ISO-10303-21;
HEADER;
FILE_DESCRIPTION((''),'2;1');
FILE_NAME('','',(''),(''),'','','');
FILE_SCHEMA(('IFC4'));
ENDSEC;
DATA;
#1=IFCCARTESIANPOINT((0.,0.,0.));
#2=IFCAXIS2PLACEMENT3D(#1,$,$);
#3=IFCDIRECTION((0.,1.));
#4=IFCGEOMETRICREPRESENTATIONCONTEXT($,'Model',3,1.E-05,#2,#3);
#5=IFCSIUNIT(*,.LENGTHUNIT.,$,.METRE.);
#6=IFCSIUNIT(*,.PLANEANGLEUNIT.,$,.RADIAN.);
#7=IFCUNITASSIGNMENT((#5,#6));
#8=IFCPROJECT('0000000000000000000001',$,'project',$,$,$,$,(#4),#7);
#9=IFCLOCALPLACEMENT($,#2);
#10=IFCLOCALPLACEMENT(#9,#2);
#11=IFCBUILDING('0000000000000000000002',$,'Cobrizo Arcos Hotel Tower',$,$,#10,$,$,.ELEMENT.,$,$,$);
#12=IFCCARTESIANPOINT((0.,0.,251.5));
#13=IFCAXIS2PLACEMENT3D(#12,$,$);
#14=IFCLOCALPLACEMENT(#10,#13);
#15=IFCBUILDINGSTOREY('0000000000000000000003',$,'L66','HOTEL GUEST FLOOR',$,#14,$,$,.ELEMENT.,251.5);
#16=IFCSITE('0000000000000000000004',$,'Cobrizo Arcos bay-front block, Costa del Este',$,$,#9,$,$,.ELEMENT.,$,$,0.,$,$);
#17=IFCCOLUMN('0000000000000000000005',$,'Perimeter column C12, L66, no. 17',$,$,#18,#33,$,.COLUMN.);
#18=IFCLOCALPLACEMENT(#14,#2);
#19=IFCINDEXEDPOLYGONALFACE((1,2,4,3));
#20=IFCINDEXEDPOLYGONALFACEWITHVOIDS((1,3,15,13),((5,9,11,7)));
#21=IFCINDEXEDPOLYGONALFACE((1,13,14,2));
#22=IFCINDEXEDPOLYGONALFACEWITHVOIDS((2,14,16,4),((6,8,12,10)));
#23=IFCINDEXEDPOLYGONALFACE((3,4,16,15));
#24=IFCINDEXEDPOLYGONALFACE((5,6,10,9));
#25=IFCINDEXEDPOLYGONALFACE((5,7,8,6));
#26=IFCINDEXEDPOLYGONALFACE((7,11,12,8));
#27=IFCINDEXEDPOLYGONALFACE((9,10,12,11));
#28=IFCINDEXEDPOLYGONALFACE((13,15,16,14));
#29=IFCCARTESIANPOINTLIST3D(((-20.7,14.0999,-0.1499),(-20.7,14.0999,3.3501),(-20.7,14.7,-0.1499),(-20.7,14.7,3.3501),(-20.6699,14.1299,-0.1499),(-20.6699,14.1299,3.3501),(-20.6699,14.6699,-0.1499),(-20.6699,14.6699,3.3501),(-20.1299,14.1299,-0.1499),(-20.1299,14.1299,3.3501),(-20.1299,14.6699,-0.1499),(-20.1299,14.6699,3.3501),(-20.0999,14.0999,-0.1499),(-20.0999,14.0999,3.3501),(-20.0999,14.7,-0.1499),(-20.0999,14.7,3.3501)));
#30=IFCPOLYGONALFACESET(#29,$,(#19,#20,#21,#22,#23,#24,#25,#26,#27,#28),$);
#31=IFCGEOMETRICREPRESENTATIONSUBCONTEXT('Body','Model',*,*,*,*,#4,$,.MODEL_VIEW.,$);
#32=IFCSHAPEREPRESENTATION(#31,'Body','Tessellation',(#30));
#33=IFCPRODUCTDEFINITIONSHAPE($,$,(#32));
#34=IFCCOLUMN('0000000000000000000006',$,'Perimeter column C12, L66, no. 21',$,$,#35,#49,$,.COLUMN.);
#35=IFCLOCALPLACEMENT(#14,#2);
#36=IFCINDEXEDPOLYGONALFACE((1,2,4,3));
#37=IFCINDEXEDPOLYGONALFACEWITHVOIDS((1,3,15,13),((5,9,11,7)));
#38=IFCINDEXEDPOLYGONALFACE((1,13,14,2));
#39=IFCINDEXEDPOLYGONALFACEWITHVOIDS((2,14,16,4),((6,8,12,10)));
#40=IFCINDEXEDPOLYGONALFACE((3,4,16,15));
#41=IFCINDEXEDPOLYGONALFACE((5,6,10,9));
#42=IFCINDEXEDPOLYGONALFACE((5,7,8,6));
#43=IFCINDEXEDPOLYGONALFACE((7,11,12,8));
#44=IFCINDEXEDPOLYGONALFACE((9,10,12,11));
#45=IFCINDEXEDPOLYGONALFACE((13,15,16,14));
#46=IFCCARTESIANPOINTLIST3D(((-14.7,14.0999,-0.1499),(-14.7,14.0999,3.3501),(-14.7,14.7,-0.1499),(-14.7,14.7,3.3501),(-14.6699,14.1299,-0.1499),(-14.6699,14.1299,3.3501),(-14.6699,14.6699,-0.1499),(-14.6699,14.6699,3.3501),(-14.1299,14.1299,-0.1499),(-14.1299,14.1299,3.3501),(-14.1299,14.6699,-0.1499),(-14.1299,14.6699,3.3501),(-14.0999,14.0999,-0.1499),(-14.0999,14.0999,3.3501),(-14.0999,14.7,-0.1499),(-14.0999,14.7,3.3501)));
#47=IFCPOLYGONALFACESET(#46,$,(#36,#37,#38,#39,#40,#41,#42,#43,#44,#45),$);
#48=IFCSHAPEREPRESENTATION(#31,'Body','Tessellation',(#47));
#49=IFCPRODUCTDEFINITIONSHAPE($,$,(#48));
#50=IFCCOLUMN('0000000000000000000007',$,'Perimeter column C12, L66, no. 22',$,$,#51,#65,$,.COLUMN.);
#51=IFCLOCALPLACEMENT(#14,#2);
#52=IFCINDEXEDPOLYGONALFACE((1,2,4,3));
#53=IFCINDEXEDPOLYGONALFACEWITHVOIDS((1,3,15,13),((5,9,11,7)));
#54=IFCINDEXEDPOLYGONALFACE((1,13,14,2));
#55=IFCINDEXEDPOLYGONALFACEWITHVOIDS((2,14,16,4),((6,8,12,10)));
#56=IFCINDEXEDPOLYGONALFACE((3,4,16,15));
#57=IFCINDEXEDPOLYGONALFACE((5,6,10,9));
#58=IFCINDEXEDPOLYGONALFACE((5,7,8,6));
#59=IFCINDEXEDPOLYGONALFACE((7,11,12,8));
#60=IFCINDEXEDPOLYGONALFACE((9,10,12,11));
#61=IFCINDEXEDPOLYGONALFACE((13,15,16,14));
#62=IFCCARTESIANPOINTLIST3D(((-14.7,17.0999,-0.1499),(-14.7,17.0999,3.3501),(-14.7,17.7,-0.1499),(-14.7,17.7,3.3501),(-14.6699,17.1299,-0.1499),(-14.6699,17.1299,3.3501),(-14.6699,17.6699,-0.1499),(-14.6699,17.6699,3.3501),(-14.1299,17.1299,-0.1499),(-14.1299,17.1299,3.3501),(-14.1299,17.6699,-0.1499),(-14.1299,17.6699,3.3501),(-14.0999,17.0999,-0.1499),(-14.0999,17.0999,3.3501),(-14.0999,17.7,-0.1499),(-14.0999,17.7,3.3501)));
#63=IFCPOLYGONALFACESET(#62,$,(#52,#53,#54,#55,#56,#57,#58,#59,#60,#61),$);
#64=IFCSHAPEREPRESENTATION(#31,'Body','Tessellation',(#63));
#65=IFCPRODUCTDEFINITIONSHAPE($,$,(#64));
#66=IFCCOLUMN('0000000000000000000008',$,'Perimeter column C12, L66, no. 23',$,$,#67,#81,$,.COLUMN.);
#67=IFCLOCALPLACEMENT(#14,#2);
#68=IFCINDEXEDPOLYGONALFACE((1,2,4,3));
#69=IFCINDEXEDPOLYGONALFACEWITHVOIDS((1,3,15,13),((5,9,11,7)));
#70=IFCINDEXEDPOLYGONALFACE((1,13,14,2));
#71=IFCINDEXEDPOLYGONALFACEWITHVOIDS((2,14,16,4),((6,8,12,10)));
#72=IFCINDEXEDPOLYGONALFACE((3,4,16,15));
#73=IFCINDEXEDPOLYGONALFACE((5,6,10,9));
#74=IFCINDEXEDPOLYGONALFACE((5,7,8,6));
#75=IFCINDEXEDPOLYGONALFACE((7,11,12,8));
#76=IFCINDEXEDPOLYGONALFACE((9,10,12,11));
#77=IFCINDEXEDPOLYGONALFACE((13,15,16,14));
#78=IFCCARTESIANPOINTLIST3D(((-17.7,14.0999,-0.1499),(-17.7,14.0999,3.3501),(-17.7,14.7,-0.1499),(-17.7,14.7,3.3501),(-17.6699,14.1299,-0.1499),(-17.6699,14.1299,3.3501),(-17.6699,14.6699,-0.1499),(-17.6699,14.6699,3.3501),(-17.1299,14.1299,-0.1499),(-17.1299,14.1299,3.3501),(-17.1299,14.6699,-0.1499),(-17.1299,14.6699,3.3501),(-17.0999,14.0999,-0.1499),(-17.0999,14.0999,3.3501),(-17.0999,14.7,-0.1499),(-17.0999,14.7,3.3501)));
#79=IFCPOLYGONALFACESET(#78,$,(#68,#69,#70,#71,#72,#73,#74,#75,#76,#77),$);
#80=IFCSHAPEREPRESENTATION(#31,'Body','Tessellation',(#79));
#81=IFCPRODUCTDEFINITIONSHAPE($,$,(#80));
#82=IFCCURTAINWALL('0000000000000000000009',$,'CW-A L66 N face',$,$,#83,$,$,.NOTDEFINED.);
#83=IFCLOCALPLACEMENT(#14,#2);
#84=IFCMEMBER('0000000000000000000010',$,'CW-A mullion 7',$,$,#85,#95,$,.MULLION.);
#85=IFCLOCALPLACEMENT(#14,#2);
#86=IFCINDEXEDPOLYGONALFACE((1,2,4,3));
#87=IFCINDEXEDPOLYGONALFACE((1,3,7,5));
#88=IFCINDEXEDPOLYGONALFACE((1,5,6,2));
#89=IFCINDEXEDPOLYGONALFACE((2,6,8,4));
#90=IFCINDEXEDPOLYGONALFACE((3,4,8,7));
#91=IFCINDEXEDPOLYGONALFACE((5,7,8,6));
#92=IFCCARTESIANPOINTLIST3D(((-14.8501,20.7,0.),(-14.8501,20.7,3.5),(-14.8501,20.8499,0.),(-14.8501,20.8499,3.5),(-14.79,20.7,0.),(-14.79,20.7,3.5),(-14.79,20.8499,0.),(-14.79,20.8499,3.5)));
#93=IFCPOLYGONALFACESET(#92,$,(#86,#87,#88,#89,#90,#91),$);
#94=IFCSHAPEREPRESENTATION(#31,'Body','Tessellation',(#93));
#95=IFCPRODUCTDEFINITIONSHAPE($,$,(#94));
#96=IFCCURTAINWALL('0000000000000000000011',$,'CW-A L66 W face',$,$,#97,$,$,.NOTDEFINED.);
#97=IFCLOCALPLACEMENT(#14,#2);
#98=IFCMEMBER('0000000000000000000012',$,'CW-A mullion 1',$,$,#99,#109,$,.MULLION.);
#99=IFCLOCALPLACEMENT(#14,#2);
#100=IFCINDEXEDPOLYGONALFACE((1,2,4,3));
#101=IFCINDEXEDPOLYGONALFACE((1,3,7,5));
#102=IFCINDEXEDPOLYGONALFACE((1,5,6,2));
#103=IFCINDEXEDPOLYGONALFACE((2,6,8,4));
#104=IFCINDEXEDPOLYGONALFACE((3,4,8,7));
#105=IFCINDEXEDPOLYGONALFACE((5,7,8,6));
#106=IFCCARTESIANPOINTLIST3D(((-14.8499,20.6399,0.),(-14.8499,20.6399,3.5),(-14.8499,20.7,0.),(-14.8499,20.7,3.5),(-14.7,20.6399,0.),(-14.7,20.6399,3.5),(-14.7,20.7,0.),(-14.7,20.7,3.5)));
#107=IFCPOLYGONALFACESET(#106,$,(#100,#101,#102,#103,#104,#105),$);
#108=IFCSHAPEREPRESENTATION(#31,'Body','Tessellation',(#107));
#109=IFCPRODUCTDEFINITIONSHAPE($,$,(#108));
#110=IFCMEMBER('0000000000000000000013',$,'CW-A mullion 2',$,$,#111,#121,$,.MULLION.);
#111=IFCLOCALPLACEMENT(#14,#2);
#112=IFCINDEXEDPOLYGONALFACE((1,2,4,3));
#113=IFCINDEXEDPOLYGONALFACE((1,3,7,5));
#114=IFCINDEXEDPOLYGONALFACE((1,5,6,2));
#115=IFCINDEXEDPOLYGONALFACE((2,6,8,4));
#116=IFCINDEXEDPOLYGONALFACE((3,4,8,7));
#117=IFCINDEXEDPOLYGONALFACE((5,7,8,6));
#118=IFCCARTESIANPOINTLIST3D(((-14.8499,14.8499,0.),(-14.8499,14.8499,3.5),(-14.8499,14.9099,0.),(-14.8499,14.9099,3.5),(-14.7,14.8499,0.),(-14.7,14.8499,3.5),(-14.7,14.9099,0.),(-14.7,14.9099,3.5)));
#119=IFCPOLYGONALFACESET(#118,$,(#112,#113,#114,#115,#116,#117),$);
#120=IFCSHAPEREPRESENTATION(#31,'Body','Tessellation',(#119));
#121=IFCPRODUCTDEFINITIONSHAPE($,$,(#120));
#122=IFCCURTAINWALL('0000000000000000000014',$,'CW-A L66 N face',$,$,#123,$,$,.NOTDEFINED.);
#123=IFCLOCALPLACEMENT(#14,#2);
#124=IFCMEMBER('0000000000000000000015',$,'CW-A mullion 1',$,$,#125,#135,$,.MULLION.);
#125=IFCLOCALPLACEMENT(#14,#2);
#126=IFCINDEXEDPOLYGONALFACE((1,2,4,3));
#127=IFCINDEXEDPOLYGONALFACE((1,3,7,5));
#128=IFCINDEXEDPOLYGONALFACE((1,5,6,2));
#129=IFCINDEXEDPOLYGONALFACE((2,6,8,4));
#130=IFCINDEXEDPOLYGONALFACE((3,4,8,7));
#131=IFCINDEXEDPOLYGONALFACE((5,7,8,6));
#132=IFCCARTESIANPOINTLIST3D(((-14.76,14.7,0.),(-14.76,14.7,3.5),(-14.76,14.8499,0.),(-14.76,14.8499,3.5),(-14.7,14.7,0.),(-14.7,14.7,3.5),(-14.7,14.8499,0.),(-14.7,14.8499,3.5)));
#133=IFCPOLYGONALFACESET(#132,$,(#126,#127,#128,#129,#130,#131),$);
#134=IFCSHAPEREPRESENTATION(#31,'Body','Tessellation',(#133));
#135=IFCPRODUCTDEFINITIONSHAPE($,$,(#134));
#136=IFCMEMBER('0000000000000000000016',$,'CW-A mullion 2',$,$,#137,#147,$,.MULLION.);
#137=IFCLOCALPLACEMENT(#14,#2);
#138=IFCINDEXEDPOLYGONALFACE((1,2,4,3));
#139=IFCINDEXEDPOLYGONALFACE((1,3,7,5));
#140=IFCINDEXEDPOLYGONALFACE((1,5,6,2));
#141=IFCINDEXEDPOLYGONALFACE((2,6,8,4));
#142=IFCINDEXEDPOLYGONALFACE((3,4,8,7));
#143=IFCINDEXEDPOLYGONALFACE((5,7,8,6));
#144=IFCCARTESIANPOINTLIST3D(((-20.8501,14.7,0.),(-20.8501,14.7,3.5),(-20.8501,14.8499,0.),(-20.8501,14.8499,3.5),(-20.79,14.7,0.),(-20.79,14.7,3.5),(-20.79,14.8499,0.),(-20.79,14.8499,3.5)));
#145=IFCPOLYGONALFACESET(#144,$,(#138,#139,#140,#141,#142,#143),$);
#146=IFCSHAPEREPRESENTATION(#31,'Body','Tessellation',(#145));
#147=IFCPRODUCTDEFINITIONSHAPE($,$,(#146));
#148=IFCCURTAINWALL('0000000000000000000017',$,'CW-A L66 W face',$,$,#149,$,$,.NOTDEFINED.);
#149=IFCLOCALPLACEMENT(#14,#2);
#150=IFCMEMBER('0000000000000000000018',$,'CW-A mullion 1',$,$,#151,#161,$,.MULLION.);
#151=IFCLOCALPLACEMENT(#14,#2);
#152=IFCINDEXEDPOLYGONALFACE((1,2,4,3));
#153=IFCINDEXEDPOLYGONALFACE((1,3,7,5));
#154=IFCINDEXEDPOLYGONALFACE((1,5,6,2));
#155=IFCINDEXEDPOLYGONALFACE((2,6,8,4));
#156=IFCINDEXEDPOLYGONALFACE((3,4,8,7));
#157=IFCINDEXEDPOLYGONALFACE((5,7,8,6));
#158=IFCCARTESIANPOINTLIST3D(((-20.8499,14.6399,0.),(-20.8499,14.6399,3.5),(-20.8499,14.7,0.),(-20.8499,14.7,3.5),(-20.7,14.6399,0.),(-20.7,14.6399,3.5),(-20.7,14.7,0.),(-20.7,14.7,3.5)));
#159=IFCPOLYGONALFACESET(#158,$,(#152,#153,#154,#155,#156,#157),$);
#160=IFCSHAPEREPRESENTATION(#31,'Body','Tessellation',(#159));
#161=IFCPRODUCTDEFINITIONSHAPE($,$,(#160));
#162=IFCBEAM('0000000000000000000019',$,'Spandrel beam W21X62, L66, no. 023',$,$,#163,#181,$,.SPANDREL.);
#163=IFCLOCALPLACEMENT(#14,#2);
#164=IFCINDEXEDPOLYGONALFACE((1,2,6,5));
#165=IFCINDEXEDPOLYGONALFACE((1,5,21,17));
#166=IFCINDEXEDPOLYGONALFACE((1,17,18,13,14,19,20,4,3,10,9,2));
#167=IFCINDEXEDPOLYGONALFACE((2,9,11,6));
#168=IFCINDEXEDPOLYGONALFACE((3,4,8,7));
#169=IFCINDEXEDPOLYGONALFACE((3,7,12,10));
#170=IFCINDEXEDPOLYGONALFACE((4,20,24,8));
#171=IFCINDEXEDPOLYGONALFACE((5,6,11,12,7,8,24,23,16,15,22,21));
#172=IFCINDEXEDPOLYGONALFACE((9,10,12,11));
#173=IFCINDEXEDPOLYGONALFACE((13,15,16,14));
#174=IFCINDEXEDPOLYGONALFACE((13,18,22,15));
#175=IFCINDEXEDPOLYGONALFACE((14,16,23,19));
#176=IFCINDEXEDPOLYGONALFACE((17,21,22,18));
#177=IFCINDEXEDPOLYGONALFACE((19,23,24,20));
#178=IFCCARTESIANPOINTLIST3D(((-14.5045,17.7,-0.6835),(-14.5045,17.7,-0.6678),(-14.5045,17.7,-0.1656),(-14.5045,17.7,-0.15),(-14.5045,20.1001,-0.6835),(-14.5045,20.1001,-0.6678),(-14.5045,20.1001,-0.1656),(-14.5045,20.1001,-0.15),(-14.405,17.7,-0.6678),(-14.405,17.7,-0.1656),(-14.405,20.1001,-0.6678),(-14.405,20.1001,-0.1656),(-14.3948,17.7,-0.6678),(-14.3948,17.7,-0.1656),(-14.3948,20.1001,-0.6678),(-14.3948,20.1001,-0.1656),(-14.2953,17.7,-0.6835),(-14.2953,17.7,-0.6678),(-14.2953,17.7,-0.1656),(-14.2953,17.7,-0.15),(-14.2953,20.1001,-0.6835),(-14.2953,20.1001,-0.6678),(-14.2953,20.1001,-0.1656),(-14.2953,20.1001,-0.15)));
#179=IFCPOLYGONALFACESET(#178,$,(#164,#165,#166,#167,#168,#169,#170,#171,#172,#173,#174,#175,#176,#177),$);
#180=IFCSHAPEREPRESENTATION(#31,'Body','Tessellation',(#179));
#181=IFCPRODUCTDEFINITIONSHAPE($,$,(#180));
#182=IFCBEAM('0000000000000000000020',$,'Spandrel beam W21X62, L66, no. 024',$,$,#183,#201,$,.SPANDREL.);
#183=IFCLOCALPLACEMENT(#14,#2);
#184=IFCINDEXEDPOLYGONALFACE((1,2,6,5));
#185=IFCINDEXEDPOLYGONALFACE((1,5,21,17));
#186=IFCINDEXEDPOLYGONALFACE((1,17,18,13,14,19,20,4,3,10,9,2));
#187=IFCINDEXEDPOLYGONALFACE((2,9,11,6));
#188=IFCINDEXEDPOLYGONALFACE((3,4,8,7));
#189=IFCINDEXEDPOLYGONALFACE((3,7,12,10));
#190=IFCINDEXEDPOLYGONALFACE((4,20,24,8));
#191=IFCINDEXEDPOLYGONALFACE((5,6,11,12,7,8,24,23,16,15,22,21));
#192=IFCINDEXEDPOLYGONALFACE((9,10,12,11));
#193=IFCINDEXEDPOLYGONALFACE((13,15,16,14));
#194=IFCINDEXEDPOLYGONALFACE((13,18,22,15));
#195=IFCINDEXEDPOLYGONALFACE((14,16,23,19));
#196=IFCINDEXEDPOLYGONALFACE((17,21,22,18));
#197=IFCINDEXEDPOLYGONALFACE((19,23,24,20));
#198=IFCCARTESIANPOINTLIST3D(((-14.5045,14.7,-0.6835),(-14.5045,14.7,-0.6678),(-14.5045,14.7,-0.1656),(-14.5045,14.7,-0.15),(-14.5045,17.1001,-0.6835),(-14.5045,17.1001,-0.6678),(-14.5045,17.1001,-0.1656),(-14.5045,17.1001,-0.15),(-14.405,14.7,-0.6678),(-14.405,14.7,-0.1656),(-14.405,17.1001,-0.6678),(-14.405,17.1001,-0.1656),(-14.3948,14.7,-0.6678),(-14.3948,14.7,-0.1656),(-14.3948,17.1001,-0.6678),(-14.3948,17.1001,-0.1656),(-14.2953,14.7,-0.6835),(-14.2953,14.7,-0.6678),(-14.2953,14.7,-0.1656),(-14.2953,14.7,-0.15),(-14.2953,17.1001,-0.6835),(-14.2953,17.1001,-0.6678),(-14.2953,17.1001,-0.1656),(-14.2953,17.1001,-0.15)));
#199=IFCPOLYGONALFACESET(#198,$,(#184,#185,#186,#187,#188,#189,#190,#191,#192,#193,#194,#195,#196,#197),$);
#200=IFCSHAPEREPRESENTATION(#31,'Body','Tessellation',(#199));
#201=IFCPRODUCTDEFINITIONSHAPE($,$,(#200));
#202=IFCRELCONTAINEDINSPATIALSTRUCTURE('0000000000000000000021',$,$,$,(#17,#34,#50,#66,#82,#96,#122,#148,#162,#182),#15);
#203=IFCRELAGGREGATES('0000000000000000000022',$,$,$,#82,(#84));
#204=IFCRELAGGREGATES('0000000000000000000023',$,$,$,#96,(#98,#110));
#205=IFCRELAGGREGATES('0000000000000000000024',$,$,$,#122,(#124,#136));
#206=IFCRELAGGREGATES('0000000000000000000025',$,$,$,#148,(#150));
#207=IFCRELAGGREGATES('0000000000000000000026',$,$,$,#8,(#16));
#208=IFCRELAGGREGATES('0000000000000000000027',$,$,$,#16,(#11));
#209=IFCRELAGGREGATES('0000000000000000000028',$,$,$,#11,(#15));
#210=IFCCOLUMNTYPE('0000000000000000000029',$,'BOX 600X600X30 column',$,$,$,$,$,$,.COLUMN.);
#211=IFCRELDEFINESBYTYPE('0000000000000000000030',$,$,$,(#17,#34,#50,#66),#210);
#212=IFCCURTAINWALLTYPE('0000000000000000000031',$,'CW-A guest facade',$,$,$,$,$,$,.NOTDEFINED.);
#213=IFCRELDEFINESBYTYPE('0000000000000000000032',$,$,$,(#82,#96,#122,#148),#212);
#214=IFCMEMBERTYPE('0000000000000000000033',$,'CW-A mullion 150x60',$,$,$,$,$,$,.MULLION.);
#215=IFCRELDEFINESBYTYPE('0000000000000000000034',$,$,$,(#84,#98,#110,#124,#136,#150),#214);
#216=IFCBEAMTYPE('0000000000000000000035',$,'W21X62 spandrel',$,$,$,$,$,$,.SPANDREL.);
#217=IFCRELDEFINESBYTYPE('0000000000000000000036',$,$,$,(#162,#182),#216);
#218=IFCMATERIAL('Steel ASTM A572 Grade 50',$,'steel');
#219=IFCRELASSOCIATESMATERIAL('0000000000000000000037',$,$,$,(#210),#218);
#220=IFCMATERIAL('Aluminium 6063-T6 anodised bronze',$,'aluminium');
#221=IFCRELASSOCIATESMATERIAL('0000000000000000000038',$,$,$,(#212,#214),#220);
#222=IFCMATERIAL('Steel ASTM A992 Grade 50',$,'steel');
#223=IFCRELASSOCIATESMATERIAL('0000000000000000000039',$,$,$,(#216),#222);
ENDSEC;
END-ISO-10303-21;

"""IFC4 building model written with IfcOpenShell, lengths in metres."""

from ifc_helpers import new_model, si_unit, direction, frame, origin, origin_2d, place, context, subcontext, project, spatial, rectangle, hollow_rectangle, i_section, extrude, material, material_profile, profile_set, type_object, element, aggregate, save


model = new_model("IFC4")

# Units and contexts
model_context = context("Model", 3, precision=1e-05, world=origin(), true_north=direction((0.0, 1.0)))
body_context = subcontext(model_context, "Body", "Model", "MODEL_VIEW")
ifc_project = project(units=[si_unit("LENGTHUNIT", "METRE"), si_unit("PLANEANGLEUNIT", "RADIAN")], contexts=[model_context])

# Site, building, storey
site_placement = place(None, origin())
site = spatial("IfcSite", under=ifc_project, at=site_placement, Name="Cobrizo Arcos bay-front block, Costa del Este", CompositionType="ELEMENT", RefElevation=0.0)
building_placement = place(site_placement, origin())
building = spatial("IfcBuilding", under=site, at=building_placement, Name="Cobrizo Arcos Hotel Tower", CompositionType="ELEMENT")
storey_placement = place(building_placement, frame((0.0, 0.0, 251.5)))
storey = spatial("IfcBuildingStorey", under=building, at=storey_placement, Name="L66", Description="HOTEL GUEST FLOOR", CompositionType="ELEMENT", Elevation=251.5)

# Columns
ifc_material_1 = material(Name="Steel ASTM A572 Grade 50", Category="steel")
ifc_material_profile_1 = material_profile(ifc_material_1, hollow_rectangle(XDim=0.6001, YDim=0.6001, WallThickness=0.03, at=origin_2d()), Name="BOX 600X600X30")
ifc_profile_set_1 = profile_set([ifc_material_profile_1], Name="Steel ASTM A572 Grade 50")
column_type = type_object("IfcColumnType", Name="BOX 600X600X30 column", PredefinedType="COLUMN", material=ifc_profile_set_1)
for number, where, z_axis, x_axis, name in (
    (1, (-20.3999, 14.3999, -0.1499), (0.0, 0.0, 1.0), (1.0, 0.0, 0.0), "Perimeter column C12, L66, no. 17"),
    (2, (-14.3999, 14.3999, -0.1499), (0.0, 0.0, 1.0), (1.0, 0.0, 0.0), "Perimeter column C12, L66, no. 21"),
    (3, (-14.3999, 17.3999, -0.1499), (0.0, 0.0, 1.0), (1.0, 0.0, 0.0), "Perimeter column C12, L66, no. 22"),
    (4, (-17.3999, 14.3999, -0.1499), (0.0, 0.0, 1.0), (1.0, 0.0, 0.0), "Perimeter column C12, L66, no. 23"),
):
    element("IfcColumn", number, at=place(storey_placement, frame(where, z_axis=z_axis, x_axis=x_axis)), inside=storey, type_object=column_type, Name=name, PredefinedType="COLUMN", context=body_context, shape_type="SweptSolid", body=[
        extrude(hollow_rectangle(XDim=0.6001, YDim=0.6001, WallThickness=0.03, at=origin_2d()), origin(), (0.0, 0.0, 1.0), 3.5),
    ])

# Curtain wall, member
ifc_material_2 = material(Name="Aluminium 6063-T6 anodised bronze", Category="aluminium")
curtain_wall_type = type_object("IfcCurtainWallType", Name="CW-A guest facade", PredefinedType="NOTDEFINED", material=ifc_material_2)
curtain_wall_1_placement = place(storey_placement, origin())
curtain_wall_1 = element("IfcCurtainWall", 5, at=curtain_wall_1_placement, inside=storey, type_object=curtain_wall_type, Name="CW-A L66 N face", PredefinedType="NOTDEFINED")
ifc_material_profile_2 = material_profile(ifc_material_2, rectangle(XDim=0.1499, YDim=0.0601, at=origin_2d()), Name="CW-A mullion 150x60")
ifc_profile_set_2 = profile_set([ifc_material_profile_2], Name="Aluminium 6063-T6 anodised bronze")
member_type = type_object("IfcMemberType", Name="CW-A mullion 150x60", PredefinedType="MULLION", material=ifc_profile_set_2)
member_1_placement = place(storey_placement, frame((-14.8201, 20.7749, 0.0), z_axis=(0.0, 0.0, 1.0), x_axis=(0.0, 1.0, 0.0)))
member_1 = element("IfcMember", 6, at=member_1_placement, type_object=member_type, Name="CW-A mullion 7", PredefinedType="MULLION", context=body_context, shape_type="SweptSolid", body=[
    extrude(rectangle(XDim=0.1499, YDim=0.0601, at=origin_2d()), origin(), (0.0, 0.0, 1.0), 3.5),
])
aggregate(curtain_wall_1, [member_1])

# Curtain walls, members
curtain_wall_2_placement = place(storey_placement, origin())
curtain_wall_2 = element("IfcCurtainWall", 7, at=curtain_wall_2_placement, inside=storey, type_object=curtain_wall_type, Name="CW-A L66 W face", PredefinedType="NOTDEFINED")
member_2_placement = place(storey_placement, frame((-14.7749, 20.6699, 0.0), z_axis=(0.0, 0.0, 1.0), x_axis=(-1.0, 0.0, 0.0)))
member_2 = element("IfcMember", 8, at=member_2_placement, type_object=member_type, Name="CW-A mullion 1", PredefinedType="MULLION", context=body_context, shape_type="SweptSolid", body=[
    extrude(rectangle(XDim=0.1499, YDim=0.0601, at=origin_2d()), origin(), (0.0, 0.0, 1.0), 3.5),
])
member_3_placement = place(storey_placement, frame((-14.7749, 14.8799, 0.0), z_axis=(0.0, 0.0, 1.0), x_axis=(-1.0, 0.0, 0.0)))
member_3 = element("IfcMember", 9, at=member_3_placement, type_object=member_type, Name="CW-A mullion 2", PredefinedType="MULLION", context=body_context, shape_type="SweptSolid", body=[
    extrude(rectangle(XDim=0.1499, YDim=0.0601, at=origin_2d()), origin(), (0.0, 0.0, 1.0), 3.5),
])
curtain_wall_3_placement = place(storey_placement, origin())
curtain_wall_3 = element("IfcCurtainWall", 10, at=curtain_wall_3_placement, inside=storey, type_object=curtain_wall_type, Name="CW-A L66 N face", PredefinedType="NOTDEFINED")
member_4_placement = place(storey_placement, frame((-14.73, 14.7749, 0.0), z_axis=(0.0, 0.0, 1.0), x_axis=(0.0, 1.0, 0.0)))
member_4 = element("IfcMember", 11, at=member_4_placement, type_object=member_type, Name="CW-A mullion 1", PredefinedType="MULLION", context=body_context, shape_type="SweptSolid", body=[
    extrude(rectangle(XDim=0.1499, YDim=0.0601, at=origin_2d()), origin(), (0.0, 0.0, 1.0), 3.5),
])
member_5_placement = place(storey_placement, frame((-20.8201, 14.7749, 0.0), z_axis=(0.0, 0.0, 1.0), x_axis=(0.0, 1.0, 0.0)))
member_5 = element("IfcMember", 12, at=member_5_placement, type_object=member_type, Name="CW-A mullion 2", PredefinedType="MULLION", context=body_context, shape_type="SweptSolid", body=[
    extrude(rectangle(XDim=0.1499, YDim=0.0601, at=origin_2d()), origin(), (0.0, 0.0, 1.0), 3.5),
])

# Curtain wall, member
curtain_wall_4_placement = place(storey_placement, origin())
curtain_wall_4 = element("IfcCurtainWall", 13, at=curtain_wall_4_placement, inside=storey, type_object=curtain_wall_type, Name="CW-A L66 W face", PredefinedType="NOTDEFINED")
member_6_placement = place(storey_placement, frame((-20.7749, 14.6699, 0.0), z_axis=(0.0, 0.0, 1.0), x_axis=(-1.0, 0.0, 0.0)))
member_6 = element("IfcMember", 14, at=member_6_placement, type_object=member_type, Name="CW-A mullion 1", PredefinedType="MULLION", context=body_context, shape_type="SweptSolid", body=[
    extrude(rectangle(XDim=0.1499, YDim=0.0601, at=origin_2d()), origin(), (0.0, 0.0, 1.0), 3.5),
])

# Beams
ifc_material_3 = material(Name="Steel ASTM A992 Grade 50", Category="steel")
ifc_material_profile_3 = material_profile(ifc_material_3, i_section(OverallWidth=0.2092, OverallDepth=0.5334, WebThickness=0.0103, FlangeThickness=0.0156, at=origin_2d()), Name="W21X62")
ifc_profile_set_3 = profile_set([ifc_material_profile_3], Name="Steel ASTM A992 Grade 50")
beam_type = type_object("IfcBeamType", Name="W21X62 spandrel", PredefinedType="SPANDREL", material=ifc_profile_set_3)
for number, where, z_axis, x_axis, name in (
    (15, (-14.3999, 20.1001, -0.4167), (0.0, -1.0, 0.0), (1.0, 0.0, 0.0), "Spandrel beam W21X62, L66, no. 023"),
    (16, (-14.3999, 17.1001, -0.4167), (0.0, -1.0, 0.0), (1.0, 0.0, 0.0), "Spandrel beam W21X62, L66, no. 024"),
):
    element("IfcBeam", number, at=place(storey_placement, frame(where, z_axis=z_axis, x_axis=x_axis)), inside=storey, type_object=beam_type, Name=name, PredefinedType="SPANDREL", context=body_context, shape_type="SweptSolid", body=[
        extrude(i_section(OverallWidth=0.2092, OverallDepth=0.5334, WebThickness=0.0103, FlangeThickness=0.0156, at=origin_2d()), origin(), (0.0, 0.0, 1.0), 2.4001),
    ])

aggregate(curtain_wall_2, [member_2, member_3])
aggregate(curtain_wall_3, [member_4, member_5])
aggregate(curtain_wall_4, [member_6])

save(model, "model.ifc")
